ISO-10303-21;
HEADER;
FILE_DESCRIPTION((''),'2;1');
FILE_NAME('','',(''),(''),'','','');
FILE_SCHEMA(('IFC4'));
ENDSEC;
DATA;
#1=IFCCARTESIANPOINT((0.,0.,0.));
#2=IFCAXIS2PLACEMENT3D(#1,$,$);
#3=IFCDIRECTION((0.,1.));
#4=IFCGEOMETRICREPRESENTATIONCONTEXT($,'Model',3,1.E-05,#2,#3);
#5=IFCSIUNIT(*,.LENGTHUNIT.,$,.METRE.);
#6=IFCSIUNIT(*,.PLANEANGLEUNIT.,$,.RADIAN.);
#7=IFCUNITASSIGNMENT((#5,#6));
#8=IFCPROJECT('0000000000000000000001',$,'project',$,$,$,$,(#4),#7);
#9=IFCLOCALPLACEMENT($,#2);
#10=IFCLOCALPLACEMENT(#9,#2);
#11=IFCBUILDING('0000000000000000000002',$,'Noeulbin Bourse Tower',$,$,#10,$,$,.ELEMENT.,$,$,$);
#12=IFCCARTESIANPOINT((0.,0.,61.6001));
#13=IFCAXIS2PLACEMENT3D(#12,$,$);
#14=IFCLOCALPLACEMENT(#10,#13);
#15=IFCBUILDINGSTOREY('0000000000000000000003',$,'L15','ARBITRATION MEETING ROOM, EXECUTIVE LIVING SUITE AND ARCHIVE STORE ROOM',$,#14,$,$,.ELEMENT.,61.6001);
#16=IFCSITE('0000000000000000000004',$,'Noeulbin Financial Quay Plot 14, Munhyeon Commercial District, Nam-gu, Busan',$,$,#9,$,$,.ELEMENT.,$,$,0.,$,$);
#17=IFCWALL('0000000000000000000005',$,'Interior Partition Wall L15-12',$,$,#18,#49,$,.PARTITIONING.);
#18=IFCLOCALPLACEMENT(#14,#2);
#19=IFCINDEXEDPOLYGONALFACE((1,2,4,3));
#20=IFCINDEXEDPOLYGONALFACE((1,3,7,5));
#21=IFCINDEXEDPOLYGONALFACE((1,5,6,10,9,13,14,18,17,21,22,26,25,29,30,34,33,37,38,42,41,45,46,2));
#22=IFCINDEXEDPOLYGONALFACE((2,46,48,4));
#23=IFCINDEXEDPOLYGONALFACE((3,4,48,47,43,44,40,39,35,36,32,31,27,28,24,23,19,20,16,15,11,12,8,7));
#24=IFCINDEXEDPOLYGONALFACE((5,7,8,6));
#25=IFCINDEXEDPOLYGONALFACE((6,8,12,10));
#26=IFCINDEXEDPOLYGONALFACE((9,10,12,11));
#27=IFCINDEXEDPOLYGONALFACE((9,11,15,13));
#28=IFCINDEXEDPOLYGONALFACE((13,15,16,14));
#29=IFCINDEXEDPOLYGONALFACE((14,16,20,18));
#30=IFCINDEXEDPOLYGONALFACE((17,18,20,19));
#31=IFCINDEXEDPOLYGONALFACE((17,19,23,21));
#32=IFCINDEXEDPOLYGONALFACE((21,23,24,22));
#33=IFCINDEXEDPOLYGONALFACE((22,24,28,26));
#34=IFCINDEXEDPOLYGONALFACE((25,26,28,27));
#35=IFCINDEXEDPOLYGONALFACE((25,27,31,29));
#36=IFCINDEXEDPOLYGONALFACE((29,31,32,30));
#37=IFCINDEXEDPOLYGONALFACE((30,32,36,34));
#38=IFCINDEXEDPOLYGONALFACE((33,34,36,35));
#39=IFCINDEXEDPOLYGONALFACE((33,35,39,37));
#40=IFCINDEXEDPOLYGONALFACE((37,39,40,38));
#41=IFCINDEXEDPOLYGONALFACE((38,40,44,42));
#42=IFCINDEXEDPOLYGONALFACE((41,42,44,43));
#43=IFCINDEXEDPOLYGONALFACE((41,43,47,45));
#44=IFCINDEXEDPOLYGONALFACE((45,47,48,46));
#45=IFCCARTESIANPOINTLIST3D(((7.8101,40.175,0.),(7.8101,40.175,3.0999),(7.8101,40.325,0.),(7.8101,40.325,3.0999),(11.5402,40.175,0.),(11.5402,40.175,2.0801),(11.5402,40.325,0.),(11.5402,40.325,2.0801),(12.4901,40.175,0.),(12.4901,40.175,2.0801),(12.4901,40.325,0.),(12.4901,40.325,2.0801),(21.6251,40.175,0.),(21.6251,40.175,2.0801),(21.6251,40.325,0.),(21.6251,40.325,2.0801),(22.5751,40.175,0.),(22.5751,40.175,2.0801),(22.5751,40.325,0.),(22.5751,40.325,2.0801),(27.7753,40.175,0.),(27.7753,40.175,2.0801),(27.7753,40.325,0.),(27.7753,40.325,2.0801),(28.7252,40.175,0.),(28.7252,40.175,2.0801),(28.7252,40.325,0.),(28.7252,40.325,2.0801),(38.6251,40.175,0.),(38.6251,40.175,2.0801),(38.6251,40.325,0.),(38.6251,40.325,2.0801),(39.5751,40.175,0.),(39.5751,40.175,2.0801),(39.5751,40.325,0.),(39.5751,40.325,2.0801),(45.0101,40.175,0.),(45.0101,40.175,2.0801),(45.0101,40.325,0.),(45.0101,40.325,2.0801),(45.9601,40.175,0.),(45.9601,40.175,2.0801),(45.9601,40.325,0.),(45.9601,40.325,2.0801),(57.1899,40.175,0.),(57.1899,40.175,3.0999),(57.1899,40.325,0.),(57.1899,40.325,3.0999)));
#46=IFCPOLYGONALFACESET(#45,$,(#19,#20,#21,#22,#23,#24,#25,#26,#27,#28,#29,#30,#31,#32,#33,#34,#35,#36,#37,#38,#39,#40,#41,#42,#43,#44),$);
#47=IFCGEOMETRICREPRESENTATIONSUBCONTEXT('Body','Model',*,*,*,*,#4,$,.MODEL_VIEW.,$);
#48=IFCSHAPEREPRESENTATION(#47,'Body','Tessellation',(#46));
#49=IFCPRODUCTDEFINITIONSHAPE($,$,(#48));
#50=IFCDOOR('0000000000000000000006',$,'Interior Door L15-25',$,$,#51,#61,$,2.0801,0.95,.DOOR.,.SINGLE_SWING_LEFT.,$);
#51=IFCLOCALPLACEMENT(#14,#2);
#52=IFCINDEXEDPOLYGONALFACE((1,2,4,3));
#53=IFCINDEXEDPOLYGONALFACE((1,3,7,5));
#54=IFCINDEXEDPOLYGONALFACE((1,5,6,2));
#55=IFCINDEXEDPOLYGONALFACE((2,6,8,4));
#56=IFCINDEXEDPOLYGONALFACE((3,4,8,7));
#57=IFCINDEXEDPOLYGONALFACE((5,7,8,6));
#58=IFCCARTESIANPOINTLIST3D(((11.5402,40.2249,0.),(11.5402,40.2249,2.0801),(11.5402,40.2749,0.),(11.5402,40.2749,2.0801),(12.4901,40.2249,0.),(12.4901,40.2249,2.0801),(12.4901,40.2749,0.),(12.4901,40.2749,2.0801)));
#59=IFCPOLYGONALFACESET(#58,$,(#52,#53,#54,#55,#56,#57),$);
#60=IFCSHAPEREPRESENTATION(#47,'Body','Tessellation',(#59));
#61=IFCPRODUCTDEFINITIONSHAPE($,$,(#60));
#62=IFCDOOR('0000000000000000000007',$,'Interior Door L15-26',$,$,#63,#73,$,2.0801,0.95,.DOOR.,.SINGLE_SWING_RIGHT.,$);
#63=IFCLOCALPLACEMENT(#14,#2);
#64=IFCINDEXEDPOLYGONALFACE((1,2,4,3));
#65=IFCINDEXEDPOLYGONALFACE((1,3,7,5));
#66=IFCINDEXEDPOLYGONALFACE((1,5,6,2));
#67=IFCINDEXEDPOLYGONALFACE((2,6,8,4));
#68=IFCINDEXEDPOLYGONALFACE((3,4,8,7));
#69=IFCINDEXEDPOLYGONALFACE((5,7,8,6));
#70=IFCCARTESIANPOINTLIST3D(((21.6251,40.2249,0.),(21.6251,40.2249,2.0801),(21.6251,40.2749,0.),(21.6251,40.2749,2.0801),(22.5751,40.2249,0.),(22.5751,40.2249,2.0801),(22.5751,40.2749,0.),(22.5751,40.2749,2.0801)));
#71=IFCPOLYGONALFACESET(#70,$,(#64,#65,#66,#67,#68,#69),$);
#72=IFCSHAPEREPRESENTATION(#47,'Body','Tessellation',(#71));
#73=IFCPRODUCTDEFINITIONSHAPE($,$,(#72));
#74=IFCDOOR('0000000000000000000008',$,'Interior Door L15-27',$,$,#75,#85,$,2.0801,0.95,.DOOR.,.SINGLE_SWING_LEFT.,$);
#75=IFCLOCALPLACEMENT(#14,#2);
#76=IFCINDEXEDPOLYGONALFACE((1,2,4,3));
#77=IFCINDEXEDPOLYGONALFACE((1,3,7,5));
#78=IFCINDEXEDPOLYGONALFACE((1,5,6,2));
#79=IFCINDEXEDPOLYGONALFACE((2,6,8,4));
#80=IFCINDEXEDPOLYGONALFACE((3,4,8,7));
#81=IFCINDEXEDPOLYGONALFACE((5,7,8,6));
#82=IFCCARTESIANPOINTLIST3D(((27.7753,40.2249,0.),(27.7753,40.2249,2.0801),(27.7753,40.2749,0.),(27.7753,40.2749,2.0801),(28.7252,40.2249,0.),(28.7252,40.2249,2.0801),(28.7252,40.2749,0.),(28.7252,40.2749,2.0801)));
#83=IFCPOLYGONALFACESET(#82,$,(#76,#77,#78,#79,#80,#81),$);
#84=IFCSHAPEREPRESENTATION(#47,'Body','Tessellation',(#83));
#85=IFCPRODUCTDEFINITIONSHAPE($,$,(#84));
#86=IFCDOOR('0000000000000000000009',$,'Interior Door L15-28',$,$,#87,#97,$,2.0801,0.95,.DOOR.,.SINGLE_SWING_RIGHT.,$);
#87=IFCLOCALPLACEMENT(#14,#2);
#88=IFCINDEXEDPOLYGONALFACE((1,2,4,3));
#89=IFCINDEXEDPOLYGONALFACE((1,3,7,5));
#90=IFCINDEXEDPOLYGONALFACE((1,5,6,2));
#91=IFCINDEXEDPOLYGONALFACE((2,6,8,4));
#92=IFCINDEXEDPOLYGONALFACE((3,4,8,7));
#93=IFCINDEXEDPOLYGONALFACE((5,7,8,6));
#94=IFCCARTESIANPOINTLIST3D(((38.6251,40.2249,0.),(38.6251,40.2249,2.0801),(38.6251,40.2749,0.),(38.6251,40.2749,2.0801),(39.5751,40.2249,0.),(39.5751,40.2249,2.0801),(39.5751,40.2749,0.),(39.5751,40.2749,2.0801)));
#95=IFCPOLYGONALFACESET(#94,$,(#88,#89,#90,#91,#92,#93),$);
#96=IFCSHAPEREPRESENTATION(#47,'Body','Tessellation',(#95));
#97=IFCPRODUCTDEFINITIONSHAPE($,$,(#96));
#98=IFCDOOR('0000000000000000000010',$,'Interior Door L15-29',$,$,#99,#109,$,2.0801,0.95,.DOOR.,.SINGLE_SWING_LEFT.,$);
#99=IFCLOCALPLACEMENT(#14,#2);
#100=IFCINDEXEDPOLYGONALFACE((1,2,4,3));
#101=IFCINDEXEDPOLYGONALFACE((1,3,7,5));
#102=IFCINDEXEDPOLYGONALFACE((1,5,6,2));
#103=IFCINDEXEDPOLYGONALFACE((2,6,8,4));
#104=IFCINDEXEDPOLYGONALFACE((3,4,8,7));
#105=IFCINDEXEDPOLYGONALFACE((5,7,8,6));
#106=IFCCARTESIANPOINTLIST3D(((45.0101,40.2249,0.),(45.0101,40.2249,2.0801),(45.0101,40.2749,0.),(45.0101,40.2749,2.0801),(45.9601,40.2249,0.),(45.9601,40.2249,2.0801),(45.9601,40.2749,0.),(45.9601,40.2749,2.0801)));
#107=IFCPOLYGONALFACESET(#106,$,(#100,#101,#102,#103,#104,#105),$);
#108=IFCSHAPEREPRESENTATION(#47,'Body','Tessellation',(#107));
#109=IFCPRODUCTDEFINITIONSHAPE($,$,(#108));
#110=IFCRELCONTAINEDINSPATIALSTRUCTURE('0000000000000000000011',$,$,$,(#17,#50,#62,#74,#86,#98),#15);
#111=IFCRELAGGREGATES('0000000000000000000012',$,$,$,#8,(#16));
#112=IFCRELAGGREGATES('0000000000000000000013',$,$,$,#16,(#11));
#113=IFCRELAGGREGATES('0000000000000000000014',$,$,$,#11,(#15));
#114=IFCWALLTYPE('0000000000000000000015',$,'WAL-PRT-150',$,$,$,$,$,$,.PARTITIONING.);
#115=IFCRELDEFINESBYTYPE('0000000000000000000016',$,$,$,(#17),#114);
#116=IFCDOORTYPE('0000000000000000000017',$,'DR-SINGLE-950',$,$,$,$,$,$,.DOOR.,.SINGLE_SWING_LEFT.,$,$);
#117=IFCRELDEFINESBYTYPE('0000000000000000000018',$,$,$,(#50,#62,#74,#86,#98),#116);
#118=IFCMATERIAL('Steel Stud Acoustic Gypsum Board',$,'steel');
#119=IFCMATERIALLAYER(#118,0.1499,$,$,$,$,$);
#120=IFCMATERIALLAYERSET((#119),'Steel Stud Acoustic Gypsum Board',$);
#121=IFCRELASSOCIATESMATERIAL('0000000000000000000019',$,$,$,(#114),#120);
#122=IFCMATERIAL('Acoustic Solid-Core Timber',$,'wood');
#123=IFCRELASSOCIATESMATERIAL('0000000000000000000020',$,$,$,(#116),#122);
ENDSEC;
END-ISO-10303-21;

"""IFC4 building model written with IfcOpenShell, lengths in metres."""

from ifc_helpers import new_model, si_unit, direction, frame, frame_2d, origin, place, context, subcontext, project, spatial, rectangle, extrude, material, layer, layer_set, type_object, element, fill, save


model = new_model("IFC4")

# Units and contexts
model_context = context("Model", 3, precision=1e-05, world=origin(), true_north=direction((0.0, 1.0)))
body_context = subcontext(model_context, "Body", "Model", "MODEL_VIEW")
ifc_project = project(units=[si_unit("LENGTHUNIT", "METRE"), si_unit("PLANEANGLEUNIT", "RADIAN")], contexts=[model_context])

# Site, building, storey
site_placement = place(None, origin())
site = spatial("IfcSite", under=ifc_project, at=site_placement, Name="Noeulbin Financial Quay Plot 14, Munhyeon Commercial District, Nam-gu, Busan", CompositionType="ELEMENT", RefElevation=0.0)
building_placement = place(site_placement, origin())
building = spatial("IfcBuilding", under=site, at=building_placement, Name="Noeulbin Bourse Tower", CompositionType="ELEMENT")
storey_placement = place(building_placement, frame((0.0, 0.0, 61.6001)))
storey = spatial("IfcBuildingStorey", under=building, at=storey_placement, Name="L15", Description="ARBITRATION MEETING ROOM, EXECUTIVE LIVING SUITE AND ARCHIVE STORE ROOM", CompositionType="ELEMENT", Elevation=61.6001)

# Wall, openings, doors
ifc_material_1 = material(Name="Steel Stud Acoustic Gypsum Board", Category="steel")
ifc_layer_1 = layer(ifc_material_1, 0.1499)
ifc_layer_set_1 = layer_set([ifc_layer_1], Name="Steel Stud Acoustic Gypsum Board")
wall_type_1 = type_object("IfcWallType", Name="WAL-PRT-150", PredefinedType="PARTITIONING", material=ifc_layer_set_1)
wall_1_placement = place(storey_placement, frame((7.8101, 40.25, 0.0), z_axis=(0.0, 0.0, 1.0), x_axis=(1.0, 0.0, 0.0)))
wall_1 = element("IfcWall", 1, at=wall_1_placement, inside=storey, type_object=wall_type_1, Name="Interior Partition Wall L15-12", PredefinedType="PARTITIONING", context=body_context, shape_type="SweptSolid", body=[
    extrude(rectangle(XDim=49.3799, YDim=0.1499, at=frame_2d((24.6899, 0.0))), origin(), (0.0, 0.0, 1.0), 3.0999),
])
opening_1_placement = place(wall_1_placement, frame((3.73, 0.0, 0.0)))
opening_1 = element("IfcOpeningElement", 2, at=opening_1_placement, cuts=wall_1, PredefinedType="OPENING", context=body_context, shape_type="SweptSolid", body=[
    extrude(rectangle(XDim=0.95, YDim=2.0801, at=frame_2d((0.4751, 1.04))), frame((0.0, 0.085, 0.0), z_axis=(0.0, -1.0, 0.0), x_axis=(1.0, 0.0, 0.0)), (0.0, 0.0, 1.0), 0.1699),
])
opening_2_placement = place(wall_1_placement, frame((13.8149, 0.0, 0.0)))
opening_2 = element("IfcOpeningElement", 3, at=opening_2_placement, cuts=wall_1, PredefinedType="OPENING", context=body_context, shape_type="SweptSolid", body=[
    extrude(rectangle(XDim=0.95, YDim=2.0801, at=frame_2d((0.4751, 1.04))), frame((0.0, 0.085, 0.0), z_axis=(0.0, -1.0, 0.0), x_axis=(1.0, 0.0, 0.0)), (0.0, 0.0, 1.0), 0.1699),
])
opening_3_placement = place(wall_1_placement, frame((19.9651, 0.0, 0.0)))
opening_3 = element("IfcOpeningElement", 4, at=opening_3_placement, cuts=wall_1, PredefinedType="OPENING", context=body_context, shape_type="SweptSolid", body=[
    extrude(rectangle(XDim=0.95, YDim=2.0801, at=frame_2d((0.4751, 1.04))), frame((0.0, 0.085, 0.0), z_axis=(0.0, -1.0, 0.0), x_axis=(1.0, 0.0, 0.0)), (0.0, 0.0, 1.0), 0.1699),
])
opening_4_placement = place(wall_1_placement, frame((30.8149, 0.0, 0.0)))
opening_4 = element("IfcOpeningElement", 5, at=opening_4_placement, cuts=wall_1, PredefinedType="OPENING", context=body_context, shape_type="SweptSolid", body=[
    extrude(rectangle(XDim=0.95, YDim=2.0801, at=frame_2d((0.4751, 1.04))), frame((0.0, 0.085, 0.0), z_axis=(0.0, -1.0, 0.0), x_axis=(1.0, 0.0, 0.0)), (0.0, 0.0, 1.0), 0.1699),
])
opening_5_placement = place(wall_1_placement, frame((37.2, 0.0, 0.0)))
opening_5 = element("IfcOpeningElement", 6, at=opening_5_placement, cuts=wall_1, PredefinedType="OPENING", context=body_context, shape_type="SweptSolid", body=[
    extrude(rectangle(XDim=0.95, YDim=2.0801, at=frame_2d((0.4751, 1.04))), frame((0.0, 0.085, 0.0), z_axis=(0.0, -1.0, 0.0), x_axis=(1.0, 0.0, 0.0)), (0.0, 0.0, 1.0), 0.1699),
])
ifc_material_2 = material(Name="Acoustic Solid-Core Timber", Category="wood")
door_type = type_object("IfcDoorType", Name="DR-SINGLE-950", OperationType="SINGLE_SWING_LEFT", PredefinedType="DOOR", material=ifc_material_2)
door_1_placement = place(opening_1_placement, origin())
door_1 = element("IfcDoor", 7, at=door_1_placement, inside=storey, type_object=door_type, Name="Interior Door L15-25", OperationType="SINGLE_SWING_LEFT", OverallHeight=2.0801, OverallWidth=0.95, PredefinedType="DOOR", context=body_context, shape_type="SweptSolid", body=[
    extrude(rectangle(XDim=0.95, YDim=2.0801, at=frame_2d((0.4751, 1.04))), frame((0.0, 0.0249, 0.0), z_axis=(0.0, -1.0, 0.0), x_axis=(1.0, 0.0, 0.0)), (0.0, 0.0, 1.0), 0.05),
])
fill(opening_1, door_1)
door_2_placement = place(opening_2_placement, origin())
door_2 = element("IfcDoor", 8, at=door_2_placement, inside=storey, type_object=door_type, Name="Interior Door L15-26", OperationType="SINGLE_SWING_RIGHT", OverallHeight=2.0801, OverallWidth=0.95, PredefinedType="DOOR", context=body_context, shape_type="SweptSolid", body=[
    extrude(rectangle(XDim=0.95, YDim=2.0801, at=frame_2d((0.4751, 1.04))), frame((0.0, 0.0249, 0.0), z_axis=(0.0, -1.0, 0.0), x_axis=(1.0, 0.0, 0.0)), (0.0, 0.0, 1.0), 0.05),
])
fill(opening_2, door_2)
door_3_placement = place(opening_3_placement, origin())
door_3 = element("IfcDoor", 9, at=door_3_placement, inside=storey, type_object=door_type, Name="Interior Door L15-27", OperationType="SINGLE_SWING_LEFT", OverallHeight=2.0801, OverallWidth=0.95, PredefinedType="DOOR", context=body_context, shape_type="SweptSolid", body=[
    extrude(rectangle(XDim=0.95, YDim=2.0801, at=frame_2d((0.4751, 1.04))), frame((0.0, 0.0249, 0.0), z_axis=(0.0, -1.0, 0.0), x_axis=(1.0, 0.0, 0.0)), (0.0, 0.0, 1.0), 0.05),
])
fill(opening_3, door_3)
door_4_placement = place(opening_4_placement, origin())
door_4 = element("IfcDoor", 10, at=door_4_placement, inside=storey, type_object=door_type, Name="Interior Door L15-28", OperationType="SINGLE_SWING_RIGHT", OverallHeight=2.0801, OverallWidth=0.95, PredefinedType="DOOR", context=body_context, shape_type="SweptSolid", body=[
    extrude(rectangle(XDim=0.95, YDim=2.0801, at=frame_2d((0.4751, 1.04))), frame((0.0, 0.0249, 0.0), z_axis=(0.0, -1.0, 0.0), x_axis=(1.0, 0.0, 0.0)), (0.0, 0.0, 1.0), 0.05),
])
fill(opening_4, door_4)
door_5_placement = place(opening_5_placement, origin())
door_5 = element("IfcDoor", 11, at=door_5_placement, inside=storey, type_object=door_type, Name="Interior Door L15-29", OperationType="SINGLE_SWING_LEFT", OverallHeight=2.0801, OverallWidth=0.95, PredefinedType="DOOR", context=body_context, shape_type="SweptSolid", body=[
    extrude(rectangle(XDim=0.95, YDim=2.0801, at=frame_2d((0.4751, 1.04))), frame((0.0, 0.0249, 0.0), z_axis=(0.0, -1.0, 0.0), x_axis=(1.0, 0.0, 0.0)), (0.0, 0.0, 1.0), 0.05),
])
fill(opening_5, door_5)

save(model, "model.ifc")
